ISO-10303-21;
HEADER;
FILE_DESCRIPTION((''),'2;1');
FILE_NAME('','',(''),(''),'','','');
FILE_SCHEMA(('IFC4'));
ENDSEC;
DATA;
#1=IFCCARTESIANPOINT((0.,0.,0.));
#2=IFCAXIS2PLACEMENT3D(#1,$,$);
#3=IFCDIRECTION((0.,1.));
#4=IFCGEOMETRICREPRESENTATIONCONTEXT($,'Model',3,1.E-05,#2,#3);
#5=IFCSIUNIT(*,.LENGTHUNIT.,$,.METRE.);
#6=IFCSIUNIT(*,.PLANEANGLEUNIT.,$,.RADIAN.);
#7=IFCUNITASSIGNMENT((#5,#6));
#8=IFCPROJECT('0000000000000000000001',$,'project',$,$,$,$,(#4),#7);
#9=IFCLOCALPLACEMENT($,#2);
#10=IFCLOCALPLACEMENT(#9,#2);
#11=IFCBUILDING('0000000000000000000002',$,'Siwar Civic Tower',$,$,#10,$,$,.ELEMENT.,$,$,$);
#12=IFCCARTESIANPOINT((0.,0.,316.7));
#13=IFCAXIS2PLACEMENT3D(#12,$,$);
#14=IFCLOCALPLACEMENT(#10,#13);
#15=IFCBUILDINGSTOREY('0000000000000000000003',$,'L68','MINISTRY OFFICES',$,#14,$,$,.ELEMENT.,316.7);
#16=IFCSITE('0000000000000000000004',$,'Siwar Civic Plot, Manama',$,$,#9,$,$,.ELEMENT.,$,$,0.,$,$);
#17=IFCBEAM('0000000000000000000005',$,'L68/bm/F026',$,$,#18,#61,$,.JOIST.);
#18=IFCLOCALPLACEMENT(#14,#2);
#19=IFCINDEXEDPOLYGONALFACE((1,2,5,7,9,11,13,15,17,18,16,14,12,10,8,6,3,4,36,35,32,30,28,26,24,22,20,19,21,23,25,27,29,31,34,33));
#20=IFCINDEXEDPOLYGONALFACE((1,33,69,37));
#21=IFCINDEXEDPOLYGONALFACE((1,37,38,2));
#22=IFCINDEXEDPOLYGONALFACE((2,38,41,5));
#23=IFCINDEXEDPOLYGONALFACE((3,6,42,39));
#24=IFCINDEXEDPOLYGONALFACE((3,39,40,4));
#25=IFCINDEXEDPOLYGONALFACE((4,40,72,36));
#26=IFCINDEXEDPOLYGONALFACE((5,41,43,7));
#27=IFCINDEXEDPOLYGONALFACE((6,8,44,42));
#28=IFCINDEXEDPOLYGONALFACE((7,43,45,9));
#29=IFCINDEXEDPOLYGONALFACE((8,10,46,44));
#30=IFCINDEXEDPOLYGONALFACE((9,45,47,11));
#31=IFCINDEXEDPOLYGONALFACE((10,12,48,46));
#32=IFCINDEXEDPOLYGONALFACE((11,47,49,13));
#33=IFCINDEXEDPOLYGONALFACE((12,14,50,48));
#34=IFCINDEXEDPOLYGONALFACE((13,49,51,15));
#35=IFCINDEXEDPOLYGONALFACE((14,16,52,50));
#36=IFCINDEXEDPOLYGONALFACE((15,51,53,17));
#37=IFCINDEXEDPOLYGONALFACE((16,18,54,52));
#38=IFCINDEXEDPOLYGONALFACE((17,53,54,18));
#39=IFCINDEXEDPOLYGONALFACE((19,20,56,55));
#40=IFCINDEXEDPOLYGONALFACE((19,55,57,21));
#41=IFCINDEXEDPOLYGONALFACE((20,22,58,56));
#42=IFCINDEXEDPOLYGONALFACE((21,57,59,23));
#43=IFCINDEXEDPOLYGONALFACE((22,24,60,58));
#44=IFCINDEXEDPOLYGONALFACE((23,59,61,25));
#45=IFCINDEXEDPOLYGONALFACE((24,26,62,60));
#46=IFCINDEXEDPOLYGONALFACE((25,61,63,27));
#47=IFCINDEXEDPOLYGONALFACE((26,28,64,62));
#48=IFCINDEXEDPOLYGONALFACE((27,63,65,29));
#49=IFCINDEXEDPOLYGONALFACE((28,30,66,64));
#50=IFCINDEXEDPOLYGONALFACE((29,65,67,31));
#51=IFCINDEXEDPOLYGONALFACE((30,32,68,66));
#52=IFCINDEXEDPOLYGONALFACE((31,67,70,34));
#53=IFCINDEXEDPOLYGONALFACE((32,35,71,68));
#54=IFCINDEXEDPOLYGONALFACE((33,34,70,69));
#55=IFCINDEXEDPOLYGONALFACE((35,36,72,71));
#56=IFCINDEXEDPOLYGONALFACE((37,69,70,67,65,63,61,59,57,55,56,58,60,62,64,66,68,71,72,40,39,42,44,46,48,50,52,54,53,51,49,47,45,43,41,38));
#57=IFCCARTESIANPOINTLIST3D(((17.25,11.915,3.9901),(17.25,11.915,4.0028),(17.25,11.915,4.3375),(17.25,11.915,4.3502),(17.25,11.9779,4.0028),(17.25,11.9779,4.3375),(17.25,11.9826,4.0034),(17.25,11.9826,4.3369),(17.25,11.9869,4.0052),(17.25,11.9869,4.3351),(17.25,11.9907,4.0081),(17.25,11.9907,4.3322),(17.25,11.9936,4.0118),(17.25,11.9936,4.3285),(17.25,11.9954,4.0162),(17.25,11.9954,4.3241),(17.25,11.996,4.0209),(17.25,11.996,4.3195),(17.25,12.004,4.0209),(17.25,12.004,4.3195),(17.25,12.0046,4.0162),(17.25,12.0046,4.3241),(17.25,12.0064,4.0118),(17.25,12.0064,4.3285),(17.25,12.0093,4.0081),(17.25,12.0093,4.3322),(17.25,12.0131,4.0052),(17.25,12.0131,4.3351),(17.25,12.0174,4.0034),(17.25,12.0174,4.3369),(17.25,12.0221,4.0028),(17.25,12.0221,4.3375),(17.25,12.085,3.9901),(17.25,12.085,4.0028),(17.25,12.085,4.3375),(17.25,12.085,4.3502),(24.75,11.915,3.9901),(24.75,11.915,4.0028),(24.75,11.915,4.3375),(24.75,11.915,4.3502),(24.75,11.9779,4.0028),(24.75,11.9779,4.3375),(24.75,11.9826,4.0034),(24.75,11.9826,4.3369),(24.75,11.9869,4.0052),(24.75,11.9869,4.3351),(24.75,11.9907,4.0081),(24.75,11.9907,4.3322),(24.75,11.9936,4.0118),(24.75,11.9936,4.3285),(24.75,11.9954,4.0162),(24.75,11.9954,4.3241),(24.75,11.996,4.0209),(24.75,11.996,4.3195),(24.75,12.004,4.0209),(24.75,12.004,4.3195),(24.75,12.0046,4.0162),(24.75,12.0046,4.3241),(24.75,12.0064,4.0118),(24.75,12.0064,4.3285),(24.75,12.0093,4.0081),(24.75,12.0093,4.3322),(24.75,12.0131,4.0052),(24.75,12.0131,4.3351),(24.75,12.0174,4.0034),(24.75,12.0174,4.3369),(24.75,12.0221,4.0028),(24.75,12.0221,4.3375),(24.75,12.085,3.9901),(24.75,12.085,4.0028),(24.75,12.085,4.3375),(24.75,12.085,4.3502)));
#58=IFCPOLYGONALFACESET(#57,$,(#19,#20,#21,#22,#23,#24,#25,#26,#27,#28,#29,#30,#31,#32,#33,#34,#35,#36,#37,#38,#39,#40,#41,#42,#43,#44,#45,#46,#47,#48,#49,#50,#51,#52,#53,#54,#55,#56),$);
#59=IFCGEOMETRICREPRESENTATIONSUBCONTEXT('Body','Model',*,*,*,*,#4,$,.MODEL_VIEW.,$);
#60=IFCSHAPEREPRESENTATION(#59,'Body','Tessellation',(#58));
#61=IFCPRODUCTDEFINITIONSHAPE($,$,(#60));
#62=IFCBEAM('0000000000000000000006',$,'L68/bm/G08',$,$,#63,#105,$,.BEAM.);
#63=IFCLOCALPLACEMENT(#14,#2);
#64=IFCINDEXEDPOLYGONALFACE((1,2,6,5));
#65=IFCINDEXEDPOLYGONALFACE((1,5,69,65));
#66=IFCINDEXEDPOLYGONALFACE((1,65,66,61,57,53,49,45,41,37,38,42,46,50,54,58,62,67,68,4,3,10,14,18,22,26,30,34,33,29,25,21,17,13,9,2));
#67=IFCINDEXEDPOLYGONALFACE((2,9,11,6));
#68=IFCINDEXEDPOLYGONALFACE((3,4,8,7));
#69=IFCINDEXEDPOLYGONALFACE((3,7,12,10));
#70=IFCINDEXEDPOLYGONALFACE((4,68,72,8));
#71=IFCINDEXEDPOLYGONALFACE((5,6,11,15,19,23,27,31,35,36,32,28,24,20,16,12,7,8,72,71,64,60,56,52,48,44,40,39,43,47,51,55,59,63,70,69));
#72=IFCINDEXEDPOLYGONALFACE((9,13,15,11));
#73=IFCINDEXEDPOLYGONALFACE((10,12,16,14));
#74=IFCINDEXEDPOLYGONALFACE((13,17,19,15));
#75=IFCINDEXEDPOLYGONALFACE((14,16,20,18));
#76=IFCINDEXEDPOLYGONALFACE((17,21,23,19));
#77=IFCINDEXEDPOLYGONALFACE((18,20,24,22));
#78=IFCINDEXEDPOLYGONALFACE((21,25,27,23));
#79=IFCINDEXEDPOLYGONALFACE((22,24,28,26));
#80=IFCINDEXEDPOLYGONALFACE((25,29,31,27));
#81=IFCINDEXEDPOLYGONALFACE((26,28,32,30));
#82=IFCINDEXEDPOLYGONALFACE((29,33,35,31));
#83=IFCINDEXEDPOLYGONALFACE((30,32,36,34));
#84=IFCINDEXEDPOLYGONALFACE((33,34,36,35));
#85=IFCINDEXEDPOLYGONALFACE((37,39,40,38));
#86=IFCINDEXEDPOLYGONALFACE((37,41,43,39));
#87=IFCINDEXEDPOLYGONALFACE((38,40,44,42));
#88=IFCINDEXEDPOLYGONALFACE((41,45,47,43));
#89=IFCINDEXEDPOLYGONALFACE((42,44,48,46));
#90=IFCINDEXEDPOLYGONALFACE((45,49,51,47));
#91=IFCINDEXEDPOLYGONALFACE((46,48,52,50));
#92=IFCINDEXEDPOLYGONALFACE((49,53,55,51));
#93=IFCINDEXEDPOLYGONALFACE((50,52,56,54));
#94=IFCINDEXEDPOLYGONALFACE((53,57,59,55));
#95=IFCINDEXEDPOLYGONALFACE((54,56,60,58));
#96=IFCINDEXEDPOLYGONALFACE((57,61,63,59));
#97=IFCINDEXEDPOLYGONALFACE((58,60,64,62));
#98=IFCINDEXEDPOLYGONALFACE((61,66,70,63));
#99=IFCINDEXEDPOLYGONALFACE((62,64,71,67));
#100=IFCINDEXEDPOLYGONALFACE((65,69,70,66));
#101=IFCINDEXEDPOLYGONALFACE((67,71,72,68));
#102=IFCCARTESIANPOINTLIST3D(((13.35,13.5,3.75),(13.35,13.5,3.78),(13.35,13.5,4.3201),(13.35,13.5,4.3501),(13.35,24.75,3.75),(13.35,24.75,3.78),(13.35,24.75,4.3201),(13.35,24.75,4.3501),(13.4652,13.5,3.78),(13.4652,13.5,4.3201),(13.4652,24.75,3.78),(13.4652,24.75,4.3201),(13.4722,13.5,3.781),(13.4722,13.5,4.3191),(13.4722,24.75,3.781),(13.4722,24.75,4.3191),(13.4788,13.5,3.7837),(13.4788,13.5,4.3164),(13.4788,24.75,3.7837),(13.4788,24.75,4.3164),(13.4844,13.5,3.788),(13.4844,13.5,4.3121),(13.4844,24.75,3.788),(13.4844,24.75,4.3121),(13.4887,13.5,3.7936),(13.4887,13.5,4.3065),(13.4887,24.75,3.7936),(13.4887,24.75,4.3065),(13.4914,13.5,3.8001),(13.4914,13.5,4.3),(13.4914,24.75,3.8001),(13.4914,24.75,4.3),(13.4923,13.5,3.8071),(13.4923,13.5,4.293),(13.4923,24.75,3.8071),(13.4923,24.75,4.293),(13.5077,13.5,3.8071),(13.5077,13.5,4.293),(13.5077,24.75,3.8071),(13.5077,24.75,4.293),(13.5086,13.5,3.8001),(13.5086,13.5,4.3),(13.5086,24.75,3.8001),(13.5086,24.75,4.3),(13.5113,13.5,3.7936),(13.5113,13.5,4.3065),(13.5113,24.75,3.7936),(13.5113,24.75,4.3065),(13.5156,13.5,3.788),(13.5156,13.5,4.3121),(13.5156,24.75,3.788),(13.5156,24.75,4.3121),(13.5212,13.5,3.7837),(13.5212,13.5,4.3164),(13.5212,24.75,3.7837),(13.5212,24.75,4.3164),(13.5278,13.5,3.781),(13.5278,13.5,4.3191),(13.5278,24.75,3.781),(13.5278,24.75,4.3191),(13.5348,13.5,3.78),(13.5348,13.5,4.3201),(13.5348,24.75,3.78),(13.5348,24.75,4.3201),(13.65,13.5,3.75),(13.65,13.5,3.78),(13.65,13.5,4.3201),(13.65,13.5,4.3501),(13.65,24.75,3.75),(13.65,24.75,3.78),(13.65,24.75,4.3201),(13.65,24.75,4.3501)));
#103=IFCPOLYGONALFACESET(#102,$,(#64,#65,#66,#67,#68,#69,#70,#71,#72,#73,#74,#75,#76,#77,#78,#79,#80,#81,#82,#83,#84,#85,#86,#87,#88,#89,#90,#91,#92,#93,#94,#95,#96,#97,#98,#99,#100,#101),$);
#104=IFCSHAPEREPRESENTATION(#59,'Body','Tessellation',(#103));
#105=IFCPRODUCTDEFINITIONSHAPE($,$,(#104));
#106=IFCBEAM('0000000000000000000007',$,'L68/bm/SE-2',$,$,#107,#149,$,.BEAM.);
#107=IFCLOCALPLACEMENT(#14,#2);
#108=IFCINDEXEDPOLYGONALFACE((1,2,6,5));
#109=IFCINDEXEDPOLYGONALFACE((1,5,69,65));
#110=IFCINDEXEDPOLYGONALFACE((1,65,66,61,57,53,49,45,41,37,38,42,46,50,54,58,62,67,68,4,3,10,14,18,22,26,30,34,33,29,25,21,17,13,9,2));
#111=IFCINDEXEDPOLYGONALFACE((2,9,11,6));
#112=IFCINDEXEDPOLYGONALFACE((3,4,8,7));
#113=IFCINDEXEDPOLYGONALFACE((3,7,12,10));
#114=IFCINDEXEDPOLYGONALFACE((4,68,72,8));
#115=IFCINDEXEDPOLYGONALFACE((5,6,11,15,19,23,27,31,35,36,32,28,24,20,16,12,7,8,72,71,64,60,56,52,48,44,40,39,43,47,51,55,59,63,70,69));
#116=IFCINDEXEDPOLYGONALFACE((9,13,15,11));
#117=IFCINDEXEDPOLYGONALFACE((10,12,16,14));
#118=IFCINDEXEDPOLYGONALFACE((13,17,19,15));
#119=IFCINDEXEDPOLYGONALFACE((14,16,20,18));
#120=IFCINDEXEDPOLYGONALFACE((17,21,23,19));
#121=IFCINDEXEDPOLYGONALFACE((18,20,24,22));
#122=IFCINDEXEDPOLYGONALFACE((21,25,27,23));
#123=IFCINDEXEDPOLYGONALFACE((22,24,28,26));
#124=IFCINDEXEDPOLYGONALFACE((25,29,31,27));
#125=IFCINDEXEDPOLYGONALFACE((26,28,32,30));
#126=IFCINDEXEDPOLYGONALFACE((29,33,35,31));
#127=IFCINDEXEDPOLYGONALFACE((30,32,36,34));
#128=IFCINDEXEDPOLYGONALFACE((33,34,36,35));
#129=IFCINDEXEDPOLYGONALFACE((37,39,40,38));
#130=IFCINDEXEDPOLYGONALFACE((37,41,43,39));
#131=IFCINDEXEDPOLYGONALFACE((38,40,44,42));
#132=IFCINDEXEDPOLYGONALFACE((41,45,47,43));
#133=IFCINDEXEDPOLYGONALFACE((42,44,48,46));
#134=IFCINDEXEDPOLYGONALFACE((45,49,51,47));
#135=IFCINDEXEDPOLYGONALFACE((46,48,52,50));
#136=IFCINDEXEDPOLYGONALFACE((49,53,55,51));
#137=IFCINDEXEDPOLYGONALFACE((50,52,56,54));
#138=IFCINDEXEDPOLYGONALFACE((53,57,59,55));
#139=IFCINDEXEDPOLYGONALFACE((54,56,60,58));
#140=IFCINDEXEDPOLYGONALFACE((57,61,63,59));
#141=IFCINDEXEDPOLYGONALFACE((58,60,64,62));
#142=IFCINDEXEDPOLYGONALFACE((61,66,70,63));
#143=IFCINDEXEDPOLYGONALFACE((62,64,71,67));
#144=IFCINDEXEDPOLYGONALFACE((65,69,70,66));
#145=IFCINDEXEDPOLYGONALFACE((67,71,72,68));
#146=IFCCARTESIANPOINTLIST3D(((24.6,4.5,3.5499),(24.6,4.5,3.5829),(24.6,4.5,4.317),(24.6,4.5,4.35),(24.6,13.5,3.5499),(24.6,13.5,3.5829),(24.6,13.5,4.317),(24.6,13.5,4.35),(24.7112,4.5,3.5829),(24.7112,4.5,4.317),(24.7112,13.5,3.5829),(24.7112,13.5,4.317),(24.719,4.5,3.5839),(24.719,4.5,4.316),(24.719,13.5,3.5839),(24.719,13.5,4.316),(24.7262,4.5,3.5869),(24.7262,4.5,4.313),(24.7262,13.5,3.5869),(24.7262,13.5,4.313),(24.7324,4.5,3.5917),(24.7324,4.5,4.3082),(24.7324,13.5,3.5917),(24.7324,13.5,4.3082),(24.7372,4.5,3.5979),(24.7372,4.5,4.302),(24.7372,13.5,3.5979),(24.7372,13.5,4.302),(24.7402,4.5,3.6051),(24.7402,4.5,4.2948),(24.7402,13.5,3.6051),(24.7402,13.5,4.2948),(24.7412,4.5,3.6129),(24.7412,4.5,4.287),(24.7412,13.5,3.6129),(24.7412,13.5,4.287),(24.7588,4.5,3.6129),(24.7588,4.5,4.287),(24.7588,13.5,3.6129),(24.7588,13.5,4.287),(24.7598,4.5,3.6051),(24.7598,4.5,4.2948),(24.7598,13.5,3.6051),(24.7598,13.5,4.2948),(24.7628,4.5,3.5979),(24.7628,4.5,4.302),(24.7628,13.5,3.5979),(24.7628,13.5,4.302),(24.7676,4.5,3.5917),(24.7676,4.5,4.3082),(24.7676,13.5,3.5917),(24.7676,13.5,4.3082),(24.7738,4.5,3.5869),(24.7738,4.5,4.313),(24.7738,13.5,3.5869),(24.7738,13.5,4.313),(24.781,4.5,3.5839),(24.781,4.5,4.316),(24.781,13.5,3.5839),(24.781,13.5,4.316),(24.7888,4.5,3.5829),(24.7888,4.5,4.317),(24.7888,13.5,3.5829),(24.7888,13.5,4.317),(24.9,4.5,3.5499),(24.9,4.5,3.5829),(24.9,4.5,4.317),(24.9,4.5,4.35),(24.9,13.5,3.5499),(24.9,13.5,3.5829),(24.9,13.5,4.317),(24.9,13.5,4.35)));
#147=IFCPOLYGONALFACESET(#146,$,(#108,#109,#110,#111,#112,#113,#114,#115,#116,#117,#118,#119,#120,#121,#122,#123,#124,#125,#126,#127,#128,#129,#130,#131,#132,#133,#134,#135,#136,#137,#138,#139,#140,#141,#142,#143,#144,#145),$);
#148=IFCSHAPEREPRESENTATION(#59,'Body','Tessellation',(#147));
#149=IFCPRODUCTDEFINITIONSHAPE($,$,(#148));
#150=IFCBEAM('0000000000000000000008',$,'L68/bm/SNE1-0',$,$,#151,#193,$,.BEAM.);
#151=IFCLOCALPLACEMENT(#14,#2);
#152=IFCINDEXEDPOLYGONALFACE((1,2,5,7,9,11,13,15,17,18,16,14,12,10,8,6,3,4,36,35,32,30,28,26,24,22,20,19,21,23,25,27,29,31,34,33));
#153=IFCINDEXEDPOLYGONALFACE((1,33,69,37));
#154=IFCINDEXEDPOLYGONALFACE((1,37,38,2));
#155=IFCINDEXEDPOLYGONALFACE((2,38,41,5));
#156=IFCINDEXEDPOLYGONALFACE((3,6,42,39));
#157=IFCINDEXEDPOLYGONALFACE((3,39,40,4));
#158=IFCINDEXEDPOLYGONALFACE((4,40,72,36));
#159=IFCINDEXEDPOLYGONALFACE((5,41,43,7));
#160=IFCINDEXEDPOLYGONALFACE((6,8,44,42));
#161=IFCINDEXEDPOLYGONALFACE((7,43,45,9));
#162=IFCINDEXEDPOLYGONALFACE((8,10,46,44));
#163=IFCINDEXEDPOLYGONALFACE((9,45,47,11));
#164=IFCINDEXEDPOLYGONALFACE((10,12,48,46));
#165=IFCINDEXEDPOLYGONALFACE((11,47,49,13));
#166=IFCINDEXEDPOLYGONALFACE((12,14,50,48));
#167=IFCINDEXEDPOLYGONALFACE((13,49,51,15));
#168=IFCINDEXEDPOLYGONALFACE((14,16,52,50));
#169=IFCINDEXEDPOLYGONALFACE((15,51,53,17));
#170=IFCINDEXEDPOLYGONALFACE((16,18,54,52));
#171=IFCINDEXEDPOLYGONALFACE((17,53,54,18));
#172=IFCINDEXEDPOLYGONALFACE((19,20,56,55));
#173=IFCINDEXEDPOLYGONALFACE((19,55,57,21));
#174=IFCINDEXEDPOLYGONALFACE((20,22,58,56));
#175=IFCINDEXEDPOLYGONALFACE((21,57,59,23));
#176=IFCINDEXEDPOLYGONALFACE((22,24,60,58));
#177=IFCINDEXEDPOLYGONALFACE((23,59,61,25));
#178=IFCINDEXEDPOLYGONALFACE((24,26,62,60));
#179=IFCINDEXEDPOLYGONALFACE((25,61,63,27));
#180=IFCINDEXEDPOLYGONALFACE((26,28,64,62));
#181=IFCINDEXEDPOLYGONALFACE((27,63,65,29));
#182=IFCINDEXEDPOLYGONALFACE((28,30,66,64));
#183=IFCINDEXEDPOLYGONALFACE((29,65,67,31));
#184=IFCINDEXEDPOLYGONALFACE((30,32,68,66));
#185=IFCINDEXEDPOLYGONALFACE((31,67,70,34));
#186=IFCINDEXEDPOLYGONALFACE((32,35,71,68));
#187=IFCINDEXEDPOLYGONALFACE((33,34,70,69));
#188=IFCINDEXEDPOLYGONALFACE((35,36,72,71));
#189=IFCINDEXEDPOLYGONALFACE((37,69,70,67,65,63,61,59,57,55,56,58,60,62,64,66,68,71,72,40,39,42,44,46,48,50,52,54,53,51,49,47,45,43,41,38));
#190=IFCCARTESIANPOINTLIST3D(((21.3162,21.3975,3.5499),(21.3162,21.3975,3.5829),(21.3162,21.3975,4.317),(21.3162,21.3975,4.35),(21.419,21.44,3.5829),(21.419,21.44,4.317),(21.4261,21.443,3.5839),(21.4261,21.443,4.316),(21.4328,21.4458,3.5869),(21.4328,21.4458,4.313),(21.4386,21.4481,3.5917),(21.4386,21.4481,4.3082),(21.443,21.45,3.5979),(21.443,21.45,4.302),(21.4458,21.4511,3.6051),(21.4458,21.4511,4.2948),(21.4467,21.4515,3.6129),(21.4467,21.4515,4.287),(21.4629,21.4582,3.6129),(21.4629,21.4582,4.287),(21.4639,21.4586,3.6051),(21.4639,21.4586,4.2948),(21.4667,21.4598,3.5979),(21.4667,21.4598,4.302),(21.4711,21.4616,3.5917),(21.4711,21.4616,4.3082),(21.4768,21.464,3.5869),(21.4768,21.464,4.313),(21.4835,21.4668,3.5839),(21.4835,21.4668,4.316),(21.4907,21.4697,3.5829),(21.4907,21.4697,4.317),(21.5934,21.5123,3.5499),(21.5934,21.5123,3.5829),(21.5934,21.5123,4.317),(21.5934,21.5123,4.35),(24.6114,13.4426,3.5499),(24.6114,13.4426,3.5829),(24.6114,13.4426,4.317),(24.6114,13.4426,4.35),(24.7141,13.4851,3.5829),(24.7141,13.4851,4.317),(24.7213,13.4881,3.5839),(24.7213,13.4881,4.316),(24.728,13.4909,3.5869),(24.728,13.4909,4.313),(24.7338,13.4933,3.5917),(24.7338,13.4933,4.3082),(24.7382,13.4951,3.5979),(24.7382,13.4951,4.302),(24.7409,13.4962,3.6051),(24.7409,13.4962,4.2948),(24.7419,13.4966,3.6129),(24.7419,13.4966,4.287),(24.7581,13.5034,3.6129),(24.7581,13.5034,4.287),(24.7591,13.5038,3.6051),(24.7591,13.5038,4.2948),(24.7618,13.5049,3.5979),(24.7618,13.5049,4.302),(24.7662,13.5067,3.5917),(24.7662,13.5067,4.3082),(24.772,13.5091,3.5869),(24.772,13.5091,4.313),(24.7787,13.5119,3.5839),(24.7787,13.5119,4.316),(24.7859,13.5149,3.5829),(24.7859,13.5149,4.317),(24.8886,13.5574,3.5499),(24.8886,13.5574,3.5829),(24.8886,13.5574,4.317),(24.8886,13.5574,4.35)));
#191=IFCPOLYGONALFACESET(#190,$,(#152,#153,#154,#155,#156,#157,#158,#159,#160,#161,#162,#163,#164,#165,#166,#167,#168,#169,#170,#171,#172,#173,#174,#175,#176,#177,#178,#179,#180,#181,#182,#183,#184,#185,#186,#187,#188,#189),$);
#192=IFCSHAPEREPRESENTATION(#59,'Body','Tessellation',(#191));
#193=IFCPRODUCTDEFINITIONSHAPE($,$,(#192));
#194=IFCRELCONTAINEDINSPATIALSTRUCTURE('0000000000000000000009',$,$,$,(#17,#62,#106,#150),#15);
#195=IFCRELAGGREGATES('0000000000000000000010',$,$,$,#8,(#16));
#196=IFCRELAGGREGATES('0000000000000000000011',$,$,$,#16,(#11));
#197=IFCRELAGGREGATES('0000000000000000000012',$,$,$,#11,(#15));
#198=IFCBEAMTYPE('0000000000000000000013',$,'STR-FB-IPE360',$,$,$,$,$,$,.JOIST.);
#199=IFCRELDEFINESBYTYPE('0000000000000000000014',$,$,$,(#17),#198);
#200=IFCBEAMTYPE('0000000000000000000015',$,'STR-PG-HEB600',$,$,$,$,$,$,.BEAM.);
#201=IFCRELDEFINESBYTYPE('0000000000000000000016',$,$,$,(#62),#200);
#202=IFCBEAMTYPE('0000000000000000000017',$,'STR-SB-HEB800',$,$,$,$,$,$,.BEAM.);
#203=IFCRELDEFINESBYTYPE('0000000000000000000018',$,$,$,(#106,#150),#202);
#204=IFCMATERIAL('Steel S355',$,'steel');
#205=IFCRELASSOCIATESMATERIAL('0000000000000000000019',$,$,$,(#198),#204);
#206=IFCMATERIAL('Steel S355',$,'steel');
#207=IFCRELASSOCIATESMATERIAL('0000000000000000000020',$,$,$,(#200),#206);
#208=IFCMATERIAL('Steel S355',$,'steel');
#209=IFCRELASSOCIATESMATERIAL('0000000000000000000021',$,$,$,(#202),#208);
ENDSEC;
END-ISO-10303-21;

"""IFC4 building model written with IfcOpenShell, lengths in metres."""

from ifc_helpers import new_model, si_unit, direction, frame, origin, origin_2d, place, context, subcontext, project, spatial, i_section, extrude, material, material_profile, profile_set, type_object, element, save


model = new_model("IFC4")

# Units and contexts
model_context = context("Model", 3, precision=1e-05, world=origin(), true_north=direction((0.0, 1.0)))
body_context = subcontext(model_context, "Body", "Model", "MODEL_VIEW")
ifc_project = project(units=[si_unit("LENGTHUNIT", "METRE"), si_unit("PLANEANGLEUNIT", "RADIAN")], contexts=[model_context])

# Site, building, storey
site_placement = place(None, origin())
site = spatial("IfcSite", under=ifc_project, at=site_placement, Name="Siwar Civic Plot, Manama", CompositionType="ELEMENT", RefElevation=0.0)
building_placement = place(site_placement, origin())
building = spatial("IfcBuilding", under=site, at=building_placement, Name="Siwar Civic Tower", CompositionType="ELEMENT")
storey_placement = place(building_placement, frame((0.0, 0.0, 316.7)))
storey = spatial("IfcBuildingStorey", under=building, at=storey_placement, Name="L68", Description="MINISTRY OFFICES", CompositionType="ELEMENT", Elevation=316.7)

# Beams
ifc_material_1 = material(Name="Steel S355", Category="steel")
ifc_material_profile_1 = material_profile(ifc_material_1, i_section(OverallWidth=0.1699, OverallDepth=0.3601, WebThickness=0.0081, FlangeThickness=0.0127, FilletRadius=0.0181, at=origin_2d()), Name="IPE360")
ifc_profile_set_1 = profile_set([ifc_material_profile_1], Name="Steel S355")
beam_type_1 = type_object("IfcBeamType", Name="STR-FB-IPE360", PredefinedType="JOIST", material=ifc_profile_set_1)
for number, where, z_axis, x_axis, name in (
    (1, (17.25, 12.0, 4.1702), (1.0, 0.0, 0.0), (0.0, 1.0, 0.0), "L68/bm/F026"),
):
    element("IfcBeam", number, at=place(storey_placement, frame(where, z_axis=z_axis, x_axis=x_axis)), inside=storey, type_object=beam_type_1, Name=name, PredefinedType="JOIST", context=body_context, shape_type="SweptSolid", body=[
        extrude(i_section(OverallWidth=0.1699, OverallDepth=0.3601, WebThickness=0.0081, FlangeThickness=0.0127, FilletRadius=0.0181, at=origin_2d()), origin(), (0.0, 0.0, 1.0), 7.5),
    ])
ifc_material_2 = material(Name="Steel S355", Category="steel")
ifc_material_profile_2 = material_profile(ifc_material_2, i_section(OverallWidth=0.3, OverallDepth=0.6001, WebThickness=0.0154, FlangeThickness=0.03, FilletRadius=0.0271, at=origin_2d()), Name="HEB600")
ifc_profile_set_2 = profile_set([ifc_material_profile_2], Name="Steel S355")
beam_type_2 = type_object("IfcBeamType", Name="STR-PG-HEB600", PredefinedType="BEAM", material=ifc_profile_set_2)
beam_1_placement = place(storey_placement, frame((13.5, 13.5, 4.05), z_axis=(0.0, 1.0, 0.0), x_axis=(-1.0, 0.0, 0.0)))
element("IfcBeam", 2, at=beam_1_placement, inside=storey, type_object=beam_type_2, Name="L68/bm/G08", PredefinedType="BEAM", context=body_context, shape_type="SweptSolid", body=[
    extrude(i_section(OverallWidth=0.3, OverallDepth=0.6001, WebThickness=0.0154, FlangeThickness=0.03, FilletRadius=0.0271, at=origin_2d()), origin(), (0.0, 0.0, 1.0), 11.25),
])
ifc_material_3 = material(Name="Steel S355", Category="steel")
ifc_material_profile_3 = material_profile(ifc_material_3, i_section(OverallWidth=0.3, OverallDepth=0.8, WebThickness=0.0176, FlangeThickness=0.033, FilletRadius=0.03, at=origin_2d()), Name="HEB800")
ifc_profile_set_3 = profile_set([ifc_material_profile_3], Name="Steel S355")
beam_type_3 = type_object("IfcBeamType", Name="STR-SB-HEB800", PredefinedType="BEAM", material=ifc_profile_set_3)
beam_2_placement = place(storey_placement, frame((24.75, 4.5, 3.95), z_axis=(0.0, 1.0, 0.0), x_axis=(-1.0, 0.0, 0.0)))
element("IfcBeam", 3, at=beam_2_placement, inside=storey, type_object=beam_type_3, Name="L68/bm/SE-2", PredefinedType="BEAM", context=body_context, shape_type="SweptSolid", body=[
    extrude(i_section(OverallWidth=0.3, OverallDepth=0.8, WebThickness=0.0176, FlangeThickness=0.033, FilletRadius=0.03, at=origin_2d()), origin(), (0.0, 0.0, 1.0), 9.0),
])
beam_3_placement = place(storey_placement, frame((24.75, 13.5, 3.95), z_axis=(-0.3827, 0.923873, 0.0), x_axis=(-0.923873, -0.3827, 0.0)))
element("IfcBeam", 4, at=beam_3_placement, inside=storey, type_object=beam_type_3, Name="L68/bm/SNE1-0", PredefinedType="BEAM", context=body_context, shape_type="SweptSolid", body=[
    extrude(i_section(OverallWidth=0.3, OverallDepth=0.8, WebThickness=0.0176, FlangeThickness=0.033, FilletRadius=0.03, at=origin_2d()), origin(), (0.0, 0.0, 1.0), 8.6104),
])

save(model, "model.ifc")
